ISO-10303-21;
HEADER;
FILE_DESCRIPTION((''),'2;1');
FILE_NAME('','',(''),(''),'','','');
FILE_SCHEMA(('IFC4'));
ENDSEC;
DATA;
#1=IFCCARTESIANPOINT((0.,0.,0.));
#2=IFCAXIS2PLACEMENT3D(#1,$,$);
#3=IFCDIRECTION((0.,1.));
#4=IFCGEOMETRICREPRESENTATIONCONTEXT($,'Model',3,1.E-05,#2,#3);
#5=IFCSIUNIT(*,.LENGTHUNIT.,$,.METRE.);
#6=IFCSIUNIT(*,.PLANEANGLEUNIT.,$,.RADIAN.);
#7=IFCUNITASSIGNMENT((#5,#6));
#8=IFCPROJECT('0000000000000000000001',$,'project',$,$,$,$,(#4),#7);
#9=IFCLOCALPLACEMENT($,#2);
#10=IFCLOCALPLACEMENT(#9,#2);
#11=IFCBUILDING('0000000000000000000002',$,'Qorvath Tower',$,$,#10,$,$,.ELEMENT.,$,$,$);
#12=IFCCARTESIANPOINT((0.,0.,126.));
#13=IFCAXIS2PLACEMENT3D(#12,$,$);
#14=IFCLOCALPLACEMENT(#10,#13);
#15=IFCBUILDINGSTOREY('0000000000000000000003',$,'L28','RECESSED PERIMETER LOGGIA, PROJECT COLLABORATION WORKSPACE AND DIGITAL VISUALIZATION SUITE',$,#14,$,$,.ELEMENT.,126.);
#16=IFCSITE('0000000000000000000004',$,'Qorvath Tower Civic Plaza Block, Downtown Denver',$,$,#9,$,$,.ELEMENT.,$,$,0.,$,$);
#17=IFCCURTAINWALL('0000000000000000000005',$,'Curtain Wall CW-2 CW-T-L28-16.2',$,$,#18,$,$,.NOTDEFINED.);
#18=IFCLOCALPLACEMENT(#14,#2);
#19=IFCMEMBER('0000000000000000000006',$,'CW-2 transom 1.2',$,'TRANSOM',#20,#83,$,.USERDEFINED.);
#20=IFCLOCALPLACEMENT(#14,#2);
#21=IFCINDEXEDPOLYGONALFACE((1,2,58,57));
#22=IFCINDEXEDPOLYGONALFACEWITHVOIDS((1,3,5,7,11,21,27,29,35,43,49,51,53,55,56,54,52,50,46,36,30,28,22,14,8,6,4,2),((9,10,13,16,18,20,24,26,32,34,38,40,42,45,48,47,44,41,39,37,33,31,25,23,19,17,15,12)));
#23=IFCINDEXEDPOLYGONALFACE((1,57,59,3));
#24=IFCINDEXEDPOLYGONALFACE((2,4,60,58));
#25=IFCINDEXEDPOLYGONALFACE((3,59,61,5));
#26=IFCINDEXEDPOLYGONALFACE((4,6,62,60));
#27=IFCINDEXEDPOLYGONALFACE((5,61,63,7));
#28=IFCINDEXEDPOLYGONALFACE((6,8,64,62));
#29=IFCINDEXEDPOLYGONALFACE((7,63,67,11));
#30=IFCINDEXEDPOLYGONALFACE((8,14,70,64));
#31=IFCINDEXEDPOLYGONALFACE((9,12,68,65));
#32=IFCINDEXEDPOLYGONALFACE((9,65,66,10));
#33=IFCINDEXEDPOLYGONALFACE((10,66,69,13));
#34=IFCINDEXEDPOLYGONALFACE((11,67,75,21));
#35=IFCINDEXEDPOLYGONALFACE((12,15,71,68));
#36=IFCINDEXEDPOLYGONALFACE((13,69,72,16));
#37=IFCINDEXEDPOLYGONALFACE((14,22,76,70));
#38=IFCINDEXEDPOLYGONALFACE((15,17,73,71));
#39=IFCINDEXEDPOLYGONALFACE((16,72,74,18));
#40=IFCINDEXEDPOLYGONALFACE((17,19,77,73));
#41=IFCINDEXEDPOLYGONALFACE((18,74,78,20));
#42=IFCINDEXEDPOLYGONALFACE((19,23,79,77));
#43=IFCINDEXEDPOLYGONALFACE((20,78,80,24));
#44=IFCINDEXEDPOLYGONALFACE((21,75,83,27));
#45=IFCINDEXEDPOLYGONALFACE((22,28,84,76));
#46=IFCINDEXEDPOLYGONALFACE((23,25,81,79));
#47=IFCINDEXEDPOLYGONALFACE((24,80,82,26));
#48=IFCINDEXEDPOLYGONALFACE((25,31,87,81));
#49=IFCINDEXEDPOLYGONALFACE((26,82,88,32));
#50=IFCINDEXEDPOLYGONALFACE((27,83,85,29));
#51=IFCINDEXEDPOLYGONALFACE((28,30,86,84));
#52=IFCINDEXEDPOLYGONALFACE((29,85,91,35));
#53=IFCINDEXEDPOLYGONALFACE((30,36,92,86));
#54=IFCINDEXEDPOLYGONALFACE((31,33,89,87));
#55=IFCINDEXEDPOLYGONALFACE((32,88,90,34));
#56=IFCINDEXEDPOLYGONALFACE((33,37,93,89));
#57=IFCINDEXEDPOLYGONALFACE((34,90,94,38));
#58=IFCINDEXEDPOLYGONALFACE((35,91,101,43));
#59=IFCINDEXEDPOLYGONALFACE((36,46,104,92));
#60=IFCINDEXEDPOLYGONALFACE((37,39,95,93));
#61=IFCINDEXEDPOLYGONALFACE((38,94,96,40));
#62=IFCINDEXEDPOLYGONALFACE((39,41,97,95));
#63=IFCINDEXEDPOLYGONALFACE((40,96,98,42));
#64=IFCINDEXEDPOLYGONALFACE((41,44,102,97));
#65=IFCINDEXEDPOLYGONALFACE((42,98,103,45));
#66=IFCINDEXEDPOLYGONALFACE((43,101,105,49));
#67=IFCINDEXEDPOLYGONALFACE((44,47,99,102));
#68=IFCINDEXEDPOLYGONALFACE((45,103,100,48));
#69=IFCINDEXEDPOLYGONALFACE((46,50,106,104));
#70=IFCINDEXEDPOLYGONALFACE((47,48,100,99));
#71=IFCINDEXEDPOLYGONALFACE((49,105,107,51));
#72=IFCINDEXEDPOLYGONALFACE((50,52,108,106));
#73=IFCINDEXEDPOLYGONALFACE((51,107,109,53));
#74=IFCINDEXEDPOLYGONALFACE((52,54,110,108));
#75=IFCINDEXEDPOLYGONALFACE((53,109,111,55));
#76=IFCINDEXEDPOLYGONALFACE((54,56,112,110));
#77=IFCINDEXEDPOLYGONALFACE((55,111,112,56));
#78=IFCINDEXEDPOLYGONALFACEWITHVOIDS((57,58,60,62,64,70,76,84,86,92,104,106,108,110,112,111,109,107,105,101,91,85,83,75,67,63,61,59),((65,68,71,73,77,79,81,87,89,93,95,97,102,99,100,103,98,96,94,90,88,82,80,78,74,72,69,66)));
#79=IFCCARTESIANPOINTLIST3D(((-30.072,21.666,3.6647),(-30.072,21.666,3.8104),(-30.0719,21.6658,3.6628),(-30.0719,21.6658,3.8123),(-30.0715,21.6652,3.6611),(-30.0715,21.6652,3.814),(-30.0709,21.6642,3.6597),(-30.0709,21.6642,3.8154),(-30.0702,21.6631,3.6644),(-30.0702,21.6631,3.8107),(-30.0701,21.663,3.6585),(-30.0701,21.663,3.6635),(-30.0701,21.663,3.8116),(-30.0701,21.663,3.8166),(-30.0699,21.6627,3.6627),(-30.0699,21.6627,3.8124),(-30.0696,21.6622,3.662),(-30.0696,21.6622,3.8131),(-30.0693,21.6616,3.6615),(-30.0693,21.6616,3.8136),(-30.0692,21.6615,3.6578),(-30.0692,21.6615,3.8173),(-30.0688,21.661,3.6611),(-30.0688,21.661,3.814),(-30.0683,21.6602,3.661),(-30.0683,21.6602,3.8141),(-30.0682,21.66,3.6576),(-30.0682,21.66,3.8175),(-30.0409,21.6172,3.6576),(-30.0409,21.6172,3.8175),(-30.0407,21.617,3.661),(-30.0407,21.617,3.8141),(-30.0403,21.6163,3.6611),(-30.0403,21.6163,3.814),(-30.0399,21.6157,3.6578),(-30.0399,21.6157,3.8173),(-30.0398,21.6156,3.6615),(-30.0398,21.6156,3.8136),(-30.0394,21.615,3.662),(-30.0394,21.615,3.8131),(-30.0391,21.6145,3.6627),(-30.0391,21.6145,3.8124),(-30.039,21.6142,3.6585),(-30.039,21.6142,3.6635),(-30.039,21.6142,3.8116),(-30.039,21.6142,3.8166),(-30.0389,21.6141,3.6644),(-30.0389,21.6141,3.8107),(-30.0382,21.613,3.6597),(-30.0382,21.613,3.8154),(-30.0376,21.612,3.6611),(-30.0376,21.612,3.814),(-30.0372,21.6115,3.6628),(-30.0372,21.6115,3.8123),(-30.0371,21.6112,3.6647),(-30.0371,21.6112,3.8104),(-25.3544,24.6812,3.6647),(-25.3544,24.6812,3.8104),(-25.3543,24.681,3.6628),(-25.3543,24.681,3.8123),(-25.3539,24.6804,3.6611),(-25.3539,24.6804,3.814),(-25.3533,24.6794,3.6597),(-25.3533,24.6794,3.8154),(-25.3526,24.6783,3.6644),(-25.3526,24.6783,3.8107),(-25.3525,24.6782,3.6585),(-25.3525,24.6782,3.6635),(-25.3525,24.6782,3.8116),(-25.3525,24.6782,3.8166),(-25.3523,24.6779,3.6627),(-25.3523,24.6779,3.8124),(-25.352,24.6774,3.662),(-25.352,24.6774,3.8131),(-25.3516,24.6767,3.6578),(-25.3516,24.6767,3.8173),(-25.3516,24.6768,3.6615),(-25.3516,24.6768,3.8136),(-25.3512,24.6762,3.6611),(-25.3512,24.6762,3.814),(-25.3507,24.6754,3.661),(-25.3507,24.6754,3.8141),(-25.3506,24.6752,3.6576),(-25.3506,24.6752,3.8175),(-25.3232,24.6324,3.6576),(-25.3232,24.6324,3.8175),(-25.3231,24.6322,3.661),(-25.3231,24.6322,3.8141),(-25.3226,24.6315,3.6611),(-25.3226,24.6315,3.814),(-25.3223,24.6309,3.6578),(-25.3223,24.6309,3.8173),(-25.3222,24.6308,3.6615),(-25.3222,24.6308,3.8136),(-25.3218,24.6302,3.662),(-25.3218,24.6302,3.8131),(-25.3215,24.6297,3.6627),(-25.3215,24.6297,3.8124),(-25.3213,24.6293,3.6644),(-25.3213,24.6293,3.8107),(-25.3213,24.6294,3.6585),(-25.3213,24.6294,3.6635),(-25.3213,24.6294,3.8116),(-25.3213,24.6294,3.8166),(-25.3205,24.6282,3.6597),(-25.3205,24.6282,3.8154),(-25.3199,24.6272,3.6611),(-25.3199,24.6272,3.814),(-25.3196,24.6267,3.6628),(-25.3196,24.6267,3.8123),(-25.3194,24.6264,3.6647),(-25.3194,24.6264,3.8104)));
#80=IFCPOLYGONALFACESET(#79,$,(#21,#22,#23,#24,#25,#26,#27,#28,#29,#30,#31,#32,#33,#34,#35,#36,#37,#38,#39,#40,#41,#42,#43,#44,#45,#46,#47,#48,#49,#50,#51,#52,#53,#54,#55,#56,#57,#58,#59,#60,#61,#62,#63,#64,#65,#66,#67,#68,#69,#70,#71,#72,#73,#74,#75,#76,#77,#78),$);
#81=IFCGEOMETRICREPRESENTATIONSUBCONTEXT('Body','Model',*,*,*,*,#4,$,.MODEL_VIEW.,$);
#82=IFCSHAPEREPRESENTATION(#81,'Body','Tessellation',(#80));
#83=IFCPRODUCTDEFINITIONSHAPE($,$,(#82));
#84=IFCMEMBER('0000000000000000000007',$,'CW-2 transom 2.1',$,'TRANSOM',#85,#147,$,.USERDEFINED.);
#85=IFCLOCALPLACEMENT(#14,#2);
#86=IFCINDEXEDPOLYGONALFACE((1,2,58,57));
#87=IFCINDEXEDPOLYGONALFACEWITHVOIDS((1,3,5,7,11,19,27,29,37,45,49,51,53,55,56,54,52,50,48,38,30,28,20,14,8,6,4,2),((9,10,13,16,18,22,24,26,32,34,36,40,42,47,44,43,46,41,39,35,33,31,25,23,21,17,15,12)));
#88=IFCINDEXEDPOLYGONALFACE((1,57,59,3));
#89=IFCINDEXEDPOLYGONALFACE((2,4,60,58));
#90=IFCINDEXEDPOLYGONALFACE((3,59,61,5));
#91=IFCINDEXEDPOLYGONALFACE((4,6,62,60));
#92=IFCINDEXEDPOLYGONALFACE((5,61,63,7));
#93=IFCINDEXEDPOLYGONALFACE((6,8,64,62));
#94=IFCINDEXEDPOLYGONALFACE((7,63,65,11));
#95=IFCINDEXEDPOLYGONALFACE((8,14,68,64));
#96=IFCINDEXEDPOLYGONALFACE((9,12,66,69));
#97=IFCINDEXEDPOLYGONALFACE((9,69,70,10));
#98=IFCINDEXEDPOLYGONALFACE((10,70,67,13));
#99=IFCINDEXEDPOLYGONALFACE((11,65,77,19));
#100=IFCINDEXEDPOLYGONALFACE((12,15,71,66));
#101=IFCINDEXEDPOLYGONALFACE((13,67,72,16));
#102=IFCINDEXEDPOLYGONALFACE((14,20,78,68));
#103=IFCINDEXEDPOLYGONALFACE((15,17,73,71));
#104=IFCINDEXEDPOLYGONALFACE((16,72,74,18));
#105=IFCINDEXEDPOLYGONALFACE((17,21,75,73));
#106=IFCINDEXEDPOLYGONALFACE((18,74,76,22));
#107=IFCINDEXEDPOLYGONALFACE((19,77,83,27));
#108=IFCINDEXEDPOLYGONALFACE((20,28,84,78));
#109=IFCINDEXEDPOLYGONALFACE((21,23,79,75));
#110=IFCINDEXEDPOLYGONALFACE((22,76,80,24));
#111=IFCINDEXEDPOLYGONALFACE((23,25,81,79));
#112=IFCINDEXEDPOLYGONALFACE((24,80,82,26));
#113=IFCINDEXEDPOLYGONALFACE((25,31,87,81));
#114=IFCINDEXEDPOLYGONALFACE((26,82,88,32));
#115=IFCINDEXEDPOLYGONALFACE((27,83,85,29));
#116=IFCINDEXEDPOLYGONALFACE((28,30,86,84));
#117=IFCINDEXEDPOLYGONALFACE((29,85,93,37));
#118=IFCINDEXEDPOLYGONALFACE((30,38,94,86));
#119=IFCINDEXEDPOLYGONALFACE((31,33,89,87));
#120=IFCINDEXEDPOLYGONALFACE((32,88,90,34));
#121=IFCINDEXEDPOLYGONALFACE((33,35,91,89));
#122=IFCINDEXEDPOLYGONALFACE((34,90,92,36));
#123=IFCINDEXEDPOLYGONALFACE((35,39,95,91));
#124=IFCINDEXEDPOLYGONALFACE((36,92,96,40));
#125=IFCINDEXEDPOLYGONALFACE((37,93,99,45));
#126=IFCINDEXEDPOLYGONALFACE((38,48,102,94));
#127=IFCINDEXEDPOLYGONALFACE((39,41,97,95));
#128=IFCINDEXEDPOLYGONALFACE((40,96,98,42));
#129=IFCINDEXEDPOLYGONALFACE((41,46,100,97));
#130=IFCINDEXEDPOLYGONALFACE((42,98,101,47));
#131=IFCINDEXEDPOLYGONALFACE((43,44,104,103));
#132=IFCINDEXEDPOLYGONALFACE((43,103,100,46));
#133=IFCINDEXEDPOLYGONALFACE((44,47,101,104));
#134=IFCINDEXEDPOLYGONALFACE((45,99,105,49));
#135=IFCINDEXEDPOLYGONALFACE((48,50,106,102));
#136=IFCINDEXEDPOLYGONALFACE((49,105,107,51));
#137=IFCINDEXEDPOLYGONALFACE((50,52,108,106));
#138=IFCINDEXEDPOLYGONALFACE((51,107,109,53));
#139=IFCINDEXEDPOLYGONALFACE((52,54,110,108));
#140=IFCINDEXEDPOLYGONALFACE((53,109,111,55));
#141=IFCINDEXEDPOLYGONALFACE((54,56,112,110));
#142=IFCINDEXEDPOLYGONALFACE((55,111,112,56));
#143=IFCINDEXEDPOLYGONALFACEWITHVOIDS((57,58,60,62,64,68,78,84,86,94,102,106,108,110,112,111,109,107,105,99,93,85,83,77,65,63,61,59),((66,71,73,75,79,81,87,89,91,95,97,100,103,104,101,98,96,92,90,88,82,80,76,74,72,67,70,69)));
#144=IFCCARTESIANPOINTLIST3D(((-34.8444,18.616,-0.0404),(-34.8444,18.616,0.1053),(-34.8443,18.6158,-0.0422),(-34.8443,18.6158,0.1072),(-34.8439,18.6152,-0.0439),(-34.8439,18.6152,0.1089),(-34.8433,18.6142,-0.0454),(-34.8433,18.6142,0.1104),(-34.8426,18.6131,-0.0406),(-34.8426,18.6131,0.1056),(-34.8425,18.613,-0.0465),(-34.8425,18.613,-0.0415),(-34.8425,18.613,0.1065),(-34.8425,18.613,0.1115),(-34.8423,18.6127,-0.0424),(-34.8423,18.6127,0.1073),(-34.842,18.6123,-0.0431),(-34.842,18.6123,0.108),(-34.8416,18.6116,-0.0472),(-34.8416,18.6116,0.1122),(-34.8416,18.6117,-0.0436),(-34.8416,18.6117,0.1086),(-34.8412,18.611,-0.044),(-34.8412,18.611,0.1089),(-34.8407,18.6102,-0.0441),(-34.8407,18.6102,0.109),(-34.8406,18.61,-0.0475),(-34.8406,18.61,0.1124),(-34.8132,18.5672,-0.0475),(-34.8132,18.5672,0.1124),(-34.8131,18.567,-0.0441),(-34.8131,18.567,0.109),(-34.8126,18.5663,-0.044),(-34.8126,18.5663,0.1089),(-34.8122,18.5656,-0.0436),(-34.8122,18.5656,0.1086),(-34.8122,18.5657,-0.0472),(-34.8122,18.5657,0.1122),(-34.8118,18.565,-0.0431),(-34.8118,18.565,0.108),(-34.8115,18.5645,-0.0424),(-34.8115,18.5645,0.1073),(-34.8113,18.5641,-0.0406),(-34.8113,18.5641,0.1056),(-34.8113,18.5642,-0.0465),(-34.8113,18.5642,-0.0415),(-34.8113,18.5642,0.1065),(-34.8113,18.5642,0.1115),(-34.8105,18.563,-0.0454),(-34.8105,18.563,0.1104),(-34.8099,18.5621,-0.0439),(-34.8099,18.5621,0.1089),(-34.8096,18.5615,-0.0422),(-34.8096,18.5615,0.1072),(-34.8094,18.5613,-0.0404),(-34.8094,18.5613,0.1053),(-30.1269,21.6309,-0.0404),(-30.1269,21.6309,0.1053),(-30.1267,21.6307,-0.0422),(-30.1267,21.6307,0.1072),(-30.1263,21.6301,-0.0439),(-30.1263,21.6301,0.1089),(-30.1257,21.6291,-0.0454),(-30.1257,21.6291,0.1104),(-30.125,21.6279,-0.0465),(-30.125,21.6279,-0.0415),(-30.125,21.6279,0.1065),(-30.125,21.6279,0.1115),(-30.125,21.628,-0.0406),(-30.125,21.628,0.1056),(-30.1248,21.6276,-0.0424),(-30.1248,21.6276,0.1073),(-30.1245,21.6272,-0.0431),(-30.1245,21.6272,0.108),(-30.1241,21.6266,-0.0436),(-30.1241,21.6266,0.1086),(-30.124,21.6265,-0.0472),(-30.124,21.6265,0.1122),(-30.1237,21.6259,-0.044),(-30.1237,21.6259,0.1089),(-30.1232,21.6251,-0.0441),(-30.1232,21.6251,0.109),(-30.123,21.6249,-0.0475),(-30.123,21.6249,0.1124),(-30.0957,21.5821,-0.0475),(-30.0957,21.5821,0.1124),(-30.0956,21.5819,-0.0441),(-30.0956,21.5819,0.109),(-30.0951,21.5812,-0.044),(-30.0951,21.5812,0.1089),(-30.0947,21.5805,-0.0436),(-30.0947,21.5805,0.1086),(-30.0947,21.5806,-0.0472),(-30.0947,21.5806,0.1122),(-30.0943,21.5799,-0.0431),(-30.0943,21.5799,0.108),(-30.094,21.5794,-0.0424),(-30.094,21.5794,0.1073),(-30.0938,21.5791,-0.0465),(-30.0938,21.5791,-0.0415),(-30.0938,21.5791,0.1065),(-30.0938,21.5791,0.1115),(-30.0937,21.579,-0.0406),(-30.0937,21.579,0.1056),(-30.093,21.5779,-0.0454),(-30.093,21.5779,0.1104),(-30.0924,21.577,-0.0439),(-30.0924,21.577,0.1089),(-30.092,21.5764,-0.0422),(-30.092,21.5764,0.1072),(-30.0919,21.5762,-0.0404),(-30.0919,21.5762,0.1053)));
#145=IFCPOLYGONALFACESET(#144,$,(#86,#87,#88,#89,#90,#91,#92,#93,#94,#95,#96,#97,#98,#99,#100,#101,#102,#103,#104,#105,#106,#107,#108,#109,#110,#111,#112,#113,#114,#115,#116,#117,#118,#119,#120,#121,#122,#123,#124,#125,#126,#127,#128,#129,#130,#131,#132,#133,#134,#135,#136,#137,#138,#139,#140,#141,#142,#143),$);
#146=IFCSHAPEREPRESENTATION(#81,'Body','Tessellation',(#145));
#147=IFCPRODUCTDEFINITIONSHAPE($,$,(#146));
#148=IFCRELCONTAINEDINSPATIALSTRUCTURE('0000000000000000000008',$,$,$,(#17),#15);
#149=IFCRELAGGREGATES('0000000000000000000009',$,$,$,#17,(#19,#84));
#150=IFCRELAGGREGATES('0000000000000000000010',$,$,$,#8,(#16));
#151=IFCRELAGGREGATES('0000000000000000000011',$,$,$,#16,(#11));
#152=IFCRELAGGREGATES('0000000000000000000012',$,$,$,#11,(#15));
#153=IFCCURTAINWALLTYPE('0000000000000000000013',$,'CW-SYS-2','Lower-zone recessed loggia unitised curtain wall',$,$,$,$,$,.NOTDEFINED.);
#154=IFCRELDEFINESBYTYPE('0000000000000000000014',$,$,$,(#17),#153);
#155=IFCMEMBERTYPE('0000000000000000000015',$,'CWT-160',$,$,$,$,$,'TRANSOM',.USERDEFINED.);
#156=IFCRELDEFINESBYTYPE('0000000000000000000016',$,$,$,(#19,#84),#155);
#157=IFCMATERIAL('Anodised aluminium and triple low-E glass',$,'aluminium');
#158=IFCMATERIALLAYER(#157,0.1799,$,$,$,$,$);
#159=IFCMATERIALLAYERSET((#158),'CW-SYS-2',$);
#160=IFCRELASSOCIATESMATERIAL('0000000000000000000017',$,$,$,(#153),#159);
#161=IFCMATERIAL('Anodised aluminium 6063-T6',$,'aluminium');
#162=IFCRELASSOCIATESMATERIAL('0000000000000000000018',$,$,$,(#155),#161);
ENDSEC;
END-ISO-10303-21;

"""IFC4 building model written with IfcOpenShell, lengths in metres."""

from ifc_helpers import new_model, si_unit, direction, frame, origin, origin_2d, place, context, subcontext, project, spatial, hollow_rectangle, extrude, material, layer, layer_set, material_profile, profile_set, type_object, element, aggregate, save


model = new_model("IFC4")

# Units and contexts
model_context = context("Model", 3, precision=1e-05, world=origin(), true_north=direction((0.0, 1.0)))
body_context = subcontext(model_context, "Body", "Model", "MODEL_VIEW")
ifc_project = project(units=[si_unit("LENGTHUNIT", "METRE"), si_unit("PLANEANGLEUNIT", "RADIAN")], contexts=[model_context])

# Site, building, storey
site_placement = place(None, origin())
site = spatial("IfcSite", under=ifc_project, at=site_placement, Name="Qorvath Tower Civic Plaza Block, Downtown Denver", CompositionType="ELEMENT", RefElevation=0.0)
building_placement = place(site_placement, origin())
building = spatial("IfcBuilding", under=site, at=building_placement, Name="Qorvath Tower", CompositionType="ELEMENT")
storey_placement = place(building_placement, frame((0.0, 0.0, 126.0)))
storey = spatial("IfcBuildingStorey", under=building, at=storey_placement, Name="L28", Description="RECESSED PERIMETER LOGGIA, PROJECT COLLABORATION WORKSPACE AND DIGITAL VISUALIZATION SUITE", CompositionType="ELEMENT", Elevation=126.0)

# Shared definitions
ifc_material_1 = material(Name="Anodised aluminium and triple low-E glass", Category="aluminium")
ifc_layer_1 = layer(ifc_material_1, 0.1799)
ifc_layer_set_1 = layer_set([ifc_layer_1], Name="CW-SYS-2")
curtain_wall_type = type_object("IfcCurtainWallType", Name="CW-SYS-2", Description="Lower-zone recessed loggia unitised curtain wall", PredefinedType="NOTDEFINED", material=ifc_layer_set_1)

# Curtain wall, members
curtain_wall_1_placement = place(storey_placement, origin())
curtain_wall_1 = element("IfcCurtainWall", 1, at=curtain_wall_1_placement, inside=storey, type_object=curtain_wall_type, Name="Curtain Wall CW-2 CW-T-L28-16.2", PredefinedType="NOTDEFINED")
ifc_material_2 = material(Name="Anodised aluminium 6063-T6", Category="aluminium")
ifc_material_profile_1 = material_profile(ifc_material_2, hollow_rectangle(XDim=0.0649, YDim=0.1599, WallThickness=0.0034, InnerFilletRadius=0.0034, OuterFilletRadius=0.0071, at=origin_2d()), Name="CWT 160x65")
ifc_profile_set_1 = profile_set([ifc_material_profile_1], Name="Anodised aluminium 6063-T6")
member_type_1 = type_object("IfcMemberType", Name="CWT-160", ElementType="TRANSOM", PredefinedType="USERDEFINED", material=ifc_profile_set_1)
member_1_placement = place(storey_placement, frame((-25.3369, 24.6538, 3.7375), z_axis=(-0.842602, -0.538536, 0.0), x_axis=(0.538536, -0.842602, 0.0)))
member_1 = element("IfcMember", 2, at=member_1_placement, type_object=member_type_1, Name="CW-2 transom 1.2", ObjectType="TRANSOM", PredefinedType="USERDEFINED", context=body_context, shape_type="SweptSolid", body=[
    extrude(hollow_rectangle(XDim=0.0649, YDim=0.1599, WallThickness=0.0034, InnerFilletRadius=0.0034, OuterFilletRadius=0.0071, at=origin_2d()), origin(), (0.0, 0.0, 1.0), 5.5989),
])
member_2_placement = place(storey_placement, frame((-30.1094, 21.6035, 0.0325), z_axis=(-0.842622, -0.538505, 0.0), x_axis=(0.538505, -0.842622, 0.0)))
member_2 = element("IfcMember", 3, at=member_2_placement, type_object=member_type_1, Name="CW-2 transom 2.1", ObjectType="TRANSOM", PredefinedType="USERDEFINED", context=body_context, shape_type="SweptSolid", body=[
    extrude(hollow_rectangle(XDim=0.0649, YDim=0.1599, WallThickness=0.0034, InnerFilletRadius=0.0034, OuterFilletRadius=0.0071, at=origin_2d()), origin(), (0.0, 0.0, 1.0), 5.5986),
])

aggregate(curtain_wall_1, [member_1, member_2])

save(model, "model.ifc")
